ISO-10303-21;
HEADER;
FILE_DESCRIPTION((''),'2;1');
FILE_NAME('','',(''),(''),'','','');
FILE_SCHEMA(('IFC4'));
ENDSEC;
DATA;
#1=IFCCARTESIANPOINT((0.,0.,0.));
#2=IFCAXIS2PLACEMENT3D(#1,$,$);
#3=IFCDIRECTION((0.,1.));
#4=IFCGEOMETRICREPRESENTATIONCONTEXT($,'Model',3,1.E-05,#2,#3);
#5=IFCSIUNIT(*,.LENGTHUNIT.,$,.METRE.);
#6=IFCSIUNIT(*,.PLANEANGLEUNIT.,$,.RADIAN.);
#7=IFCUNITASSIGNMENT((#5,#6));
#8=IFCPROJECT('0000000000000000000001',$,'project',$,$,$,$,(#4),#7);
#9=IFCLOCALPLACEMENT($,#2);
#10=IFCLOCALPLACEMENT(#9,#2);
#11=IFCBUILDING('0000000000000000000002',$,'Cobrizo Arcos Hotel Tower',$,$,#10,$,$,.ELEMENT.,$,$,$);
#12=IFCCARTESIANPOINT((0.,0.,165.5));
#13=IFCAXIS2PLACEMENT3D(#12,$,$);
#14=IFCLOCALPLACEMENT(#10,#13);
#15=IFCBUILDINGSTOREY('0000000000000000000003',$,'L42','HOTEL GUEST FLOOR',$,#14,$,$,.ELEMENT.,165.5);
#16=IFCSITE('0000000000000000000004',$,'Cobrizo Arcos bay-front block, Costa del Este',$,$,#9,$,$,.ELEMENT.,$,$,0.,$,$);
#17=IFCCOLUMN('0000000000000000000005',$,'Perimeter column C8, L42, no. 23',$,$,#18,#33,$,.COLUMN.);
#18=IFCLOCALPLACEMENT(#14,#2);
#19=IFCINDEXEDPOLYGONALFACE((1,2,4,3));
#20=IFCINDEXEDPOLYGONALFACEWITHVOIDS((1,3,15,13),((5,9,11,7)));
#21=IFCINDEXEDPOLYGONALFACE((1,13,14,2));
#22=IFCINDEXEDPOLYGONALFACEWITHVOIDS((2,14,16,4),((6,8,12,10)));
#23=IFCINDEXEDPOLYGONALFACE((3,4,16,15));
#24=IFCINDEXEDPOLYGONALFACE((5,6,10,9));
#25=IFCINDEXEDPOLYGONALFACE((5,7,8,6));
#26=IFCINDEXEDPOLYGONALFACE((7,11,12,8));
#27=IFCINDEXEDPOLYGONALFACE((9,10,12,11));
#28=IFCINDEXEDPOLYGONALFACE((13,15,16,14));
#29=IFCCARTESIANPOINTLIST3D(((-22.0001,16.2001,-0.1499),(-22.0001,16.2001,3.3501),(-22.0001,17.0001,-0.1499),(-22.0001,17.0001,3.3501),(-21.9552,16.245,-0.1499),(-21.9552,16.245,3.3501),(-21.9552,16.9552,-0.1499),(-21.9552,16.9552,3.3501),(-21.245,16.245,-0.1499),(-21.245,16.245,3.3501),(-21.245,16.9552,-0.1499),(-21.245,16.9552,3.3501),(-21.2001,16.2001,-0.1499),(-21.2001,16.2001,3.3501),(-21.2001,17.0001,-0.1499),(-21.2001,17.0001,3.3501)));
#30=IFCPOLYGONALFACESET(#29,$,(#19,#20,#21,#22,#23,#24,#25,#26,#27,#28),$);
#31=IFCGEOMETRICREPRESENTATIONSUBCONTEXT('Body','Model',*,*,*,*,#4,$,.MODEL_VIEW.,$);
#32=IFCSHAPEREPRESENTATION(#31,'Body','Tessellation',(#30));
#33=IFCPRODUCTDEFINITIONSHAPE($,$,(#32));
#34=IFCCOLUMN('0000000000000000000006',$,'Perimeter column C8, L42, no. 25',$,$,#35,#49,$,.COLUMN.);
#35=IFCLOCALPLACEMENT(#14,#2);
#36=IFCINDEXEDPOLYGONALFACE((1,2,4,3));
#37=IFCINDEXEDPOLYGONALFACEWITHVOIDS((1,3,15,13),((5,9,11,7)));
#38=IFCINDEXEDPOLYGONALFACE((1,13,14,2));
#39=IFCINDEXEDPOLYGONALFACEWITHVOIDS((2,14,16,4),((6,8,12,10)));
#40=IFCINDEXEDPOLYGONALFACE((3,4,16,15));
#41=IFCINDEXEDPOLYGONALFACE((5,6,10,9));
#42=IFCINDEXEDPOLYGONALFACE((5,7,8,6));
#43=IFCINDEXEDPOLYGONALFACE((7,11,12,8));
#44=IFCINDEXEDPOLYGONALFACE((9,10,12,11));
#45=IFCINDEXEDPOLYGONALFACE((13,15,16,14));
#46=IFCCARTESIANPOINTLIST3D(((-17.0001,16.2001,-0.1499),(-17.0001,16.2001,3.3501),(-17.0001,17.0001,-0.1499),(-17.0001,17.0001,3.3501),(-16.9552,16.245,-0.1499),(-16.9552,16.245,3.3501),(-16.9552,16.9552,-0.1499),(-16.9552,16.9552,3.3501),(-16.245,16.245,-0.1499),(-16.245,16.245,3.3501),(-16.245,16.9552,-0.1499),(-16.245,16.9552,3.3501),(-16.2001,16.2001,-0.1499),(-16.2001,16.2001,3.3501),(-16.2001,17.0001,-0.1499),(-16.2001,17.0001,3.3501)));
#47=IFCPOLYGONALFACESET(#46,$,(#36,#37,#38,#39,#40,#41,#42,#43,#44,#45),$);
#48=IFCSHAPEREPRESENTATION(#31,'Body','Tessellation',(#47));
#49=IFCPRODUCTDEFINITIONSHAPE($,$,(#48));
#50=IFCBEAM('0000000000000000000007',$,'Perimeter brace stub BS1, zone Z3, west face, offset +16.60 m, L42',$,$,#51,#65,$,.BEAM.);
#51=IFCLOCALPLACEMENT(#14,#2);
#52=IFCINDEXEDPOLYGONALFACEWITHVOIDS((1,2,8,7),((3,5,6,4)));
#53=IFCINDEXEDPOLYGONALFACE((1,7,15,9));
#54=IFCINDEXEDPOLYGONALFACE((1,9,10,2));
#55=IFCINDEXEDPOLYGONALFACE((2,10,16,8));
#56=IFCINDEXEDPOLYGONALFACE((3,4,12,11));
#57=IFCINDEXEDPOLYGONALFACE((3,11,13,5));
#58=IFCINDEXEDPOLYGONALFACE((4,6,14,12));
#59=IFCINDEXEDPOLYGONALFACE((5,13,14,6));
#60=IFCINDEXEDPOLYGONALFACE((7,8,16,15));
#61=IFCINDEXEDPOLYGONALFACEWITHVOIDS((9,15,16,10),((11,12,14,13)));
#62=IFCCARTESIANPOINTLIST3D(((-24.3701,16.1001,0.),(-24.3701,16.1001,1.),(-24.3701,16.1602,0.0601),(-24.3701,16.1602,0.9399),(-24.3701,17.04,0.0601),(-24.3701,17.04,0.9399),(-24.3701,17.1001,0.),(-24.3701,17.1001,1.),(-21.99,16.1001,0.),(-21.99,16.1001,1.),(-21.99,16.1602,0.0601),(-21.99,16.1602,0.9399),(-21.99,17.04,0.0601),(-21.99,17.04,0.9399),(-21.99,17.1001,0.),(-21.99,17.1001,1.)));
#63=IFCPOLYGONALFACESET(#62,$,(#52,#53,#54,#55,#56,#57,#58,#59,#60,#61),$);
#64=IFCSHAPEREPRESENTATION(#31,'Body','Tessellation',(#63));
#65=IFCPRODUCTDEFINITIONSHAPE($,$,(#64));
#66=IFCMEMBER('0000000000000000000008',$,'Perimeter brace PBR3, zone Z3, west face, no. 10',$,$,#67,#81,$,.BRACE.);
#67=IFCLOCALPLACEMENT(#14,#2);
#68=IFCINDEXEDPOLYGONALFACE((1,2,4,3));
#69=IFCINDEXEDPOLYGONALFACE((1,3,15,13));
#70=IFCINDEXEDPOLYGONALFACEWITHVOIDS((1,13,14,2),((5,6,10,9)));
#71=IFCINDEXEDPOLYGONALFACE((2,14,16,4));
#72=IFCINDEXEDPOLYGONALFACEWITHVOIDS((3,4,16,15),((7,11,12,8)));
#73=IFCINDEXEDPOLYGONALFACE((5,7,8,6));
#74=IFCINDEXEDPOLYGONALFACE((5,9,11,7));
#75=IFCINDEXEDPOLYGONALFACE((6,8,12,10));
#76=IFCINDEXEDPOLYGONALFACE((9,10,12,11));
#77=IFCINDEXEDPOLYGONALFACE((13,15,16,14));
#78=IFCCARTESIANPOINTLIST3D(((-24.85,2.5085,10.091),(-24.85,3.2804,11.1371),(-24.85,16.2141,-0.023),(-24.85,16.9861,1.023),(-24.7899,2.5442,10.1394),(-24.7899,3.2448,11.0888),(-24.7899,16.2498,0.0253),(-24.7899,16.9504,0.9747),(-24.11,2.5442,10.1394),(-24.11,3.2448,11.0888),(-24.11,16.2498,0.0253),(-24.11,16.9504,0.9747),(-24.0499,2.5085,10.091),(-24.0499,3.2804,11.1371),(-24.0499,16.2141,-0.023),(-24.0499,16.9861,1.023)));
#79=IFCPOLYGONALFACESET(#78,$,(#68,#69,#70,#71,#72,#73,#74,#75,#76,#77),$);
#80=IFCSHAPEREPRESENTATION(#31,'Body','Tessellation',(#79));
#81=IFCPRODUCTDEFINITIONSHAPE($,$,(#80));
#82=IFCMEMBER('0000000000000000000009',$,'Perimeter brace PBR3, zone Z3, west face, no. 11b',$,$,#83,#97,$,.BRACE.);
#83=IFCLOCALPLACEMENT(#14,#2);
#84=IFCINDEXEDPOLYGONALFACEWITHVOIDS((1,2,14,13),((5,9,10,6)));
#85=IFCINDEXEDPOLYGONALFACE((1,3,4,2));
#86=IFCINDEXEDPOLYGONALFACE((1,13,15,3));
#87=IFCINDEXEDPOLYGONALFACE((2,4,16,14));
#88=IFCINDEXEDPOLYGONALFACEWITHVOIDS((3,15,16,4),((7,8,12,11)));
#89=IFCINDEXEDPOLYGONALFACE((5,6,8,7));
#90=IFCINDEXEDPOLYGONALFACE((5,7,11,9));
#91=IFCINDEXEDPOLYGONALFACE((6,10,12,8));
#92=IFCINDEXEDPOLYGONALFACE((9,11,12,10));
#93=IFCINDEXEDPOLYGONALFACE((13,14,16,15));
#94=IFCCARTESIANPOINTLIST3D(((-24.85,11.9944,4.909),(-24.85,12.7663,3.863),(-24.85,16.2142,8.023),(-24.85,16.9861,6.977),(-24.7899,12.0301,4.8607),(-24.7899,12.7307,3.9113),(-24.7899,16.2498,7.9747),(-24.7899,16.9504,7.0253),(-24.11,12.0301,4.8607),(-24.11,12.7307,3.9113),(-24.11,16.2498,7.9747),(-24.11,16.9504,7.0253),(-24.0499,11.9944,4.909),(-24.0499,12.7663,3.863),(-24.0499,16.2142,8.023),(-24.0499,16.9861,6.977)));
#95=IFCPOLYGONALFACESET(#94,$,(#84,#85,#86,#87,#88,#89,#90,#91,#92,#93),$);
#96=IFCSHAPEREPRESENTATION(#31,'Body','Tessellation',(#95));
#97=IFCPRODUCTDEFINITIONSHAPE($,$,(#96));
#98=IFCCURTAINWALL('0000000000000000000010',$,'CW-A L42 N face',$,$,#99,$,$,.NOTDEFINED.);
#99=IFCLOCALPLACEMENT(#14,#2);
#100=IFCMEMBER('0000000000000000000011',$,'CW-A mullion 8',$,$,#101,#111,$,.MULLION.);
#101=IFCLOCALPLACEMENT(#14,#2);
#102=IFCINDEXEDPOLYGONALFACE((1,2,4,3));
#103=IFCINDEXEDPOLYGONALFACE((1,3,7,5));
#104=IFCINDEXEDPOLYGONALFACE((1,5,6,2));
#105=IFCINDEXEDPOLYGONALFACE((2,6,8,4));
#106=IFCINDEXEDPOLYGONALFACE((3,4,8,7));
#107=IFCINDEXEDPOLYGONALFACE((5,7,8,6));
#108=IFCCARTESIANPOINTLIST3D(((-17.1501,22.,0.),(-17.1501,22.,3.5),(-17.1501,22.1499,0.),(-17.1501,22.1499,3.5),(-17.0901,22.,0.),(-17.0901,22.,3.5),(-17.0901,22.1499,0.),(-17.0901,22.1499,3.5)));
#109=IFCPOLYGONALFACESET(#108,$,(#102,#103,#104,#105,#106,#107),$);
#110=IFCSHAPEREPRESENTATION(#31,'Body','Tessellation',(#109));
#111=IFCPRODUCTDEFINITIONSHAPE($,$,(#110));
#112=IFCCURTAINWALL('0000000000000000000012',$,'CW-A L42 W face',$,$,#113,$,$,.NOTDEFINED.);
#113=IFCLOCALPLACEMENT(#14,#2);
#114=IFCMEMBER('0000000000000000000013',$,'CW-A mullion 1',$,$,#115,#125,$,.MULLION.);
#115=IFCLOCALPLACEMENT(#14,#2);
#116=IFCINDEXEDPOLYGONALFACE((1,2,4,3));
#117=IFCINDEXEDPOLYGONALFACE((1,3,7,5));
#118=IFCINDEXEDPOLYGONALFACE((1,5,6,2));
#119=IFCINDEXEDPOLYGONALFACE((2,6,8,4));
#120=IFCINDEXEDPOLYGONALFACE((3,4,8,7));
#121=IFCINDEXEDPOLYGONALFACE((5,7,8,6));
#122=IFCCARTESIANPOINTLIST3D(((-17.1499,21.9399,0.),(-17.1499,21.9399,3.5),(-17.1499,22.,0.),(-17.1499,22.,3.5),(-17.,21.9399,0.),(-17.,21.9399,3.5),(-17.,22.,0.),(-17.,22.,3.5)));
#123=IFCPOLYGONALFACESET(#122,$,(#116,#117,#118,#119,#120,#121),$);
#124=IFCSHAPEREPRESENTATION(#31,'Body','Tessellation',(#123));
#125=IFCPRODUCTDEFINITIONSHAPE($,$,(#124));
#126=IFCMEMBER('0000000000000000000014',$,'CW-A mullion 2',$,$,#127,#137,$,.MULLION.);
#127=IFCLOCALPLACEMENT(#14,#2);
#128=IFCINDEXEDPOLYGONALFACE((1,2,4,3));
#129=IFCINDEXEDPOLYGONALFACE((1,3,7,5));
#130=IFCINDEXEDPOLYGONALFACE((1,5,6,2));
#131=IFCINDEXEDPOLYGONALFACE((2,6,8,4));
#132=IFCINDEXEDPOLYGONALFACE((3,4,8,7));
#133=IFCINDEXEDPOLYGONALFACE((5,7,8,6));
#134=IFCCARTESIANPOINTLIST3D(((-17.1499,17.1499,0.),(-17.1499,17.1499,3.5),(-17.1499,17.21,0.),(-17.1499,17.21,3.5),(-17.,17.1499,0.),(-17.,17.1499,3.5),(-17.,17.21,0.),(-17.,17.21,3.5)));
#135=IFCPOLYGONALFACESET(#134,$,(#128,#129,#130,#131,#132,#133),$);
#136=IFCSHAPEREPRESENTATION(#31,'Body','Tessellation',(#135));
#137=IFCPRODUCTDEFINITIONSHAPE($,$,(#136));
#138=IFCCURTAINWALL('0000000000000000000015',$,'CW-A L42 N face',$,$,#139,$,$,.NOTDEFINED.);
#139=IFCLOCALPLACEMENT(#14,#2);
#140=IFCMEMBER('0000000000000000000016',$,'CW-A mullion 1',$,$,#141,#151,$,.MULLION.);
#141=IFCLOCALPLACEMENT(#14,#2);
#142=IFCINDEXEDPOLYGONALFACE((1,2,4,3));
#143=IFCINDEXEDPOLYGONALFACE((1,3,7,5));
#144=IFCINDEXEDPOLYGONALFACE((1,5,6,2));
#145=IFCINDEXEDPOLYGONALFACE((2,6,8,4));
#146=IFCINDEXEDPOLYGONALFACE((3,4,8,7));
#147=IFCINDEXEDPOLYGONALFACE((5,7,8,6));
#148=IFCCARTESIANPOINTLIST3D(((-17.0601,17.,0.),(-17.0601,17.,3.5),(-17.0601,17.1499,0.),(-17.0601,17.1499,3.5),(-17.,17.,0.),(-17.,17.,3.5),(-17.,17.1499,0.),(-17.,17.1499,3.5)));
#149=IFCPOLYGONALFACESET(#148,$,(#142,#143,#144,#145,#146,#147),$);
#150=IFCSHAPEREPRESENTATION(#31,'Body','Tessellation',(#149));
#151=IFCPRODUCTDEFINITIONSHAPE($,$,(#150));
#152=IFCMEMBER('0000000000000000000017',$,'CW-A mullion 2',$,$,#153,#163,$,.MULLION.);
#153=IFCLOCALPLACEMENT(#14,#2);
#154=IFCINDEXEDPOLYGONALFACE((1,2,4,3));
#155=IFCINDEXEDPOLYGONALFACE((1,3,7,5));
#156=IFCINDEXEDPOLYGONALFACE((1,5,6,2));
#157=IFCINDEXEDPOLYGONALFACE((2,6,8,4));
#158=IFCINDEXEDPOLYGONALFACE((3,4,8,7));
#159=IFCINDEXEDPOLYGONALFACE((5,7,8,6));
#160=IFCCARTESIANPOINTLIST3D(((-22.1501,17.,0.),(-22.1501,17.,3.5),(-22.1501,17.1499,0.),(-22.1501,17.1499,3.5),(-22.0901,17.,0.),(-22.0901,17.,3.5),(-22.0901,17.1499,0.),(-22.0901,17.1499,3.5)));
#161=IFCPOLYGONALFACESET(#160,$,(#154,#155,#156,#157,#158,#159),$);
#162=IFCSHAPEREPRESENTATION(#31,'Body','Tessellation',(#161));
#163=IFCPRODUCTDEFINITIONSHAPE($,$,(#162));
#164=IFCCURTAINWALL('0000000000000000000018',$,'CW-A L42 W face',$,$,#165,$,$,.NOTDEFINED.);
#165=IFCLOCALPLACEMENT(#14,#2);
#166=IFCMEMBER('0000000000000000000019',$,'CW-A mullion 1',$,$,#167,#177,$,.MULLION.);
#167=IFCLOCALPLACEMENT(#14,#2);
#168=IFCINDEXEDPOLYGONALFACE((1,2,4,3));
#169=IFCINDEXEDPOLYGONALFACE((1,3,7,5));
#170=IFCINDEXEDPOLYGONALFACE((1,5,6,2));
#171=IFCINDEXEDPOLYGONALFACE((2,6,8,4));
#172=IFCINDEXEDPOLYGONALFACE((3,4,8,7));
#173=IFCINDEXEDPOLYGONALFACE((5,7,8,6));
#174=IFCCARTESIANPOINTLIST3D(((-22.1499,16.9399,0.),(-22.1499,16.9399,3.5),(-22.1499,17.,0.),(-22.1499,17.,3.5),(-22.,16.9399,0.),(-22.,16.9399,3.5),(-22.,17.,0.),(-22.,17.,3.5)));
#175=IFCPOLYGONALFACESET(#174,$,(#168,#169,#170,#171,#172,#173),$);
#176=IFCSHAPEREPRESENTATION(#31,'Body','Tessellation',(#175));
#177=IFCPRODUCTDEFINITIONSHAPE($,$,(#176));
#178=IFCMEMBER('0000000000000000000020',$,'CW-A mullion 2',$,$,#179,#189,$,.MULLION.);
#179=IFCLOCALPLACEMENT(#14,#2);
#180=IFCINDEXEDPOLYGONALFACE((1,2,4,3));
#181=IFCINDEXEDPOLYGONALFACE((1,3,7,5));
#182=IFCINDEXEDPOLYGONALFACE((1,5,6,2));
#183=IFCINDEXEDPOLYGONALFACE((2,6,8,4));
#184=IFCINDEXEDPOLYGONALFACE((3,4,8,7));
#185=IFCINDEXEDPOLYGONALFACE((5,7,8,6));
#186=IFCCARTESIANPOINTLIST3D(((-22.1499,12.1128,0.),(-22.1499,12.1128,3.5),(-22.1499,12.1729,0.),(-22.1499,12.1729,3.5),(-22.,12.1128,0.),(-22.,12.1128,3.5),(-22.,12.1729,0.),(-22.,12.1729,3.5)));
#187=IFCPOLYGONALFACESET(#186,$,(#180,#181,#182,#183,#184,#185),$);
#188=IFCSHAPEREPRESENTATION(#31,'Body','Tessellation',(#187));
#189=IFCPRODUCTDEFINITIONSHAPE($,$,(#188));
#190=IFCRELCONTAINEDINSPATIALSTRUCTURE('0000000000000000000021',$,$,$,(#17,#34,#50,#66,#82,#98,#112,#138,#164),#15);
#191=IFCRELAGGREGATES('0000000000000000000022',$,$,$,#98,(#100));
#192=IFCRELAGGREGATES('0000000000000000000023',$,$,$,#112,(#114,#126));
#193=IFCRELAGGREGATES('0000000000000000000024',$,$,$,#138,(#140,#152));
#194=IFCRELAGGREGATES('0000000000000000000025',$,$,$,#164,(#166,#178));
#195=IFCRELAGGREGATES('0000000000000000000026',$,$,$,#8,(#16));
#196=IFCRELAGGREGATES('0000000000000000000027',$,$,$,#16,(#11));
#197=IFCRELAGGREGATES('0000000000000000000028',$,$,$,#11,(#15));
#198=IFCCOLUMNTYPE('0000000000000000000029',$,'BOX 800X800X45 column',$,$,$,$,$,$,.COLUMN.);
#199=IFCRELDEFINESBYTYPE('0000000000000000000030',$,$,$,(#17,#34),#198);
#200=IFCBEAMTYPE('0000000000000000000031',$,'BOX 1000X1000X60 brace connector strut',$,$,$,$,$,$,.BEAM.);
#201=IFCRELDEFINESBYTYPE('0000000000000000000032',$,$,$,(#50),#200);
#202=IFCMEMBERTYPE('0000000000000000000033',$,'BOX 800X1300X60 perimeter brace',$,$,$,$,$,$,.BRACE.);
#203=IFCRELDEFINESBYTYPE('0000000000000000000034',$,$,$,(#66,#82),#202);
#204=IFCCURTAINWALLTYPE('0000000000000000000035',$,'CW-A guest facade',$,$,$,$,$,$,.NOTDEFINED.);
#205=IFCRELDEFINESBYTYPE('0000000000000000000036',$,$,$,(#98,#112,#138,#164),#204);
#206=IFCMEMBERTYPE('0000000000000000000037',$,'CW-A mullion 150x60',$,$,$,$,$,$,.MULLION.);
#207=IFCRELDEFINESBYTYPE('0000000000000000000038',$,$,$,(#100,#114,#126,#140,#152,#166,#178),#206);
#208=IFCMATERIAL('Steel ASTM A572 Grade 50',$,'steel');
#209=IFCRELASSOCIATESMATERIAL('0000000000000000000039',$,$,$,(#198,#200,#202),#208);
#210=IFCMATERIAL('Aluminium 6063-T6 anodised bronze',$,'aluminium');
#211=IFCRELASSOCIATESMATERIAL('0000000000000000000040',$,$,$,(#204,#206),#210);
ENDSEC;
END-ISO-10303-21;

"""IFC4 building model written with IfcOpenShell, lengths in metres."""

from ifc_helpers import new_model, si_unit, direction, frame, origin, origin_2d, place, context, subcontext, project, spatial, rectangle, hollow_rectangle, extrude, material, material_profile, profile_set, type_object, element, aggregate, save


model = new_model("IFC4")

# Units and contexts
model_context = context("Model", 3, precision=1e-05, world=origin(), true_north=direction((0.0, 1.0)))
body_context = subcontext(model_context, "Body", "Model", "MODEL_VIEW")
ifc_project = project(units=[si_unit("LENGTHUNIT", "METRE"), si_unit("PLANEANGLEUNIT", "RADIAN")], contexts=[model_context])

# Site, building, storey
site_placement = place(None, origin())
site = spatial("IfcSite", under=ifc_project, at=site_placement, Name="Cobrizo Arcos bay-front block, Costa del Este", CompositionType="ELEMENT", RefElevation=0.0)
building_placement = place(site_placement, origin())
building = spatial("IfcBuilding", under=site, at=building_placement, Name="Cobrizo Arcos Hotel Tower", CompositionType="ELEMENT")
storey_placement = place(building_placement, frame((0.0, 0.0, 165.5)))
storey = spatial("IfcBuildingStorey", under=building, at=storey_placement, Name="L42", Description="HOTEL GUEST FLOOR", CompositionType="ELEMENT", Elevation=165.5)

# Columns
ifc_material_1 = material(Name="Steel ASTM A572 Grade 50", Category="steel")
ifc_material_profile_1 = material_profile(ifc_material_1, hollow_rectangle(XDim=0.8, YDim=0.8, WallThickness=0.0449, at=origin_2d()), Name="BOX 800X800X45")
ifc_profile_set_1 = profile_set([ifc_material_profile_1], Name="Steel ASTM A572 Grade 50")
column_type = type_object("IfcColumnType", Name="BOX 800X800X45 column", PredefinedType="COLUMN", material=ifc_profile_set_1)
for number, where, z_axis, x_axis, name in (
    (1, (-21.6001, 16.6001, -0.1499), (0.0, 0.0, 1.0), (1.0, 0.0, 0.0), "Perimeter column C8, L42, no. 23"),
    (2, (-16.6001, 16.6001, -0.1499), (0.0, 0.0, 1.0), (1.0, 0.0, 0.0), "Perimeter column C8, L42, no. 25"),
):
    element("IfcColumn", number, at=place(storey_placement, frame(where, z_axis=z_axis, x_axis=x_axis)), inside=storey, type_object=column_type, Name=name, PredefinedType="COLUMN", context=body_context, shape_type="SweptSolid", body=[
        extrude(hollow_rectangle(XDim=0.8, YDim=0.8, WallThickness=0.0449, at=origin_2d()), origin(), (0.0, 0.0, 1.0), 3.5),
    ])

# Beam
ifc_material_profile_2 = material_profile(ifc_material_1, hollow_rectangle(XDim=1.0, YDim=1.0, WallThickness=0.0601, at=origin_2d()), Name="BOX 1000X1000X60")
ifc_profile_set_2 = profile_set([ifc_material_profile_2], Name="Steel ASTM A572 Grade 50")
beam_type_1 = type_object("IfcBeamType", Name="BOX 1000X1000X60 brace connector strut", PredefinedType="BEAM", material=ifc_profile_set_2)
beam_1_placement = place(storey_placement, frame((-21.99, 16.6001, 0.5), z_axis=(-1.0, 0.0, 0.0), x_axis=(0.0, -1.0, 0.0)))
element("IfcBeam", 3, at=beam_1_placement, inside=storey, type_object=beam_type_1, Name="Perimeter brace stub BS1, zone Z3, west face, offset +16.60 m, L42", PredefinedType="BEAM", context=body_context, shape_type="SweptSolid", body=[
    extrude(hollow_rectangle(XDim=1.0, YDim=1.0, WallThickness=0.0601, at=origin_2d()), origin(), (0.0, 0.0, 1.0), 2.3801),
])

# Members
ifc_material_profile_3 = material_profile(ifc_material_1, hollow_rectangle(XDim=0.8, YDim=1.3, WallThickness=0.0601, at=origin_2d()), Name="BOX 800X1300X60")
ifc_profile_set_3 = profile_set([ifc_material_profile_3], Name="Steel ASTM A572 Grade 50")
member_type_1 = type_object("IfcMemberType", Name="BOX 800X1300X60 perimeter brace", PredefinedType="BRACE", material=ifc_profile_set_3)
member_1_placement = place(storey_placement, frame((-24.45, 16.6001, 0.5), z_axis=(0.0, -0.80463, 0.593776), x_axis=(1.0, 0.0, 0.0)))
element("IfcMember", 4, at=member_1_placement, inside=storey, type_object=member_type_1, Name="Perimeter brace PBR3, zone Z3, west face, no. 10", PredefinedType="BRACE", context=body_context, shape_type="SweptSolid", body=[
    extrude(hollow_rectangle(XDim=0.8, YDim=1.3, WallThickness=0.0601, at=origin_2d()), origin(), (0.0, 0.0, 1.0), 17.0334),
])
member_2_placement = place(storey_placement, frame((-24.45, 12.3804, 4.386), z_axis=(0.0, 0.804624, 0.593785), x_axis=(-1.0, 0.0, 0.0)))
element("IfcMember", 5, at=member_2_placement, inside=storey, type_object=member_type_1, Name="Perimeter brace PBR3, zone Z3, west face, no. 11b", PredefinedType="BRACE", context=body_context, shape_type="SweptSolid", body=[
    extrude(hollow_rectangle(XDim=0.8, YDim=1.3, WallThickness=0.0601, at=origin_2d()), origin(), (0.0, 0.0, 1.0), 5.2444),
])

# Curtain wall, member
ifc_material_2 = material(Name="Aluminium 6063-T6 anodised bronze", Category="aluminium")
curtain_wall_type = type_object("IfcCurtainWallType", Name="CW-A guest facade", PredefinedType="NOTDEFINED", material=ifc_material_2)
curtain_wall_1_placement = place(storey_placement, origin())
curtain_wall_1 = element("IfcCurtainWall", 6, at=curtain_wall_1_placement, inside=storey, type_object=curtain_wall_type, Name="CW-A L42 N face", PredefinedType="NOTDEFINED")
ifc_material_profile_4 = material_profile(ifc_material_2, rectangle(XDim=0.1499, YDim=0.0601, at=origin_2d()), Name="CW-A mullion 150x60")
ifc_profile_set_4 = profile_set([ifc_material_profile_4], Name="Aluminium 6063-T6 anodised bronze")
member_type_2 = type_object("IfcMemberType", Name="CW-A mullion 150x60", PredefinedType="MULLION", material=ifc_profile_set_4)
member_3_placement = place(storey_placement, frame((-17.1201, 22.075, 0.0), z_axis=(0.0, 0.0, 1.0), x_axis=(0.0, 1.0, 0.0)))
member_3 = element("IfcMember", 7, at=member_3_placement, type_object=member_type_2, Name="CW-A mullion 8", PredefinedType="MULLION", context=body_context, shape_type="SweptSolid", body=[
    extrude(rectangle(XDim=0.1499, YDim=0.0601, at=origin_2d()), origin(), (0.0, 0.0, 1.0), 3.5),
])
aggregate(curtain_wall_1, [member_3])

# Curtain walls, members
curtain_wall_2_placement = place(storey_placement, origin())
curtain_wall_2 = element("IfcCurtainWall", 8, at=curtain_wall_2_placement, inside=storey, type_object=curtain_wall_type, Name="CW-A L42 W face", PredefinedType="NOTDEFINED")
member_4_placement = place(storey_placement, frame((-17.075, 21.97, 0.0), z_axis=(0.0, 0.0, 1.0), x_axis=(-1.0, 0.0, 0.0)))
member_4 = element("IfcMember", 9, at=member_4_placement, type_object=member_type_2, Name="CW-A mullion 1", PredefinedType="MULLION", context=body_context, shape_type="SweptSolid", body=[
    extrude(rectangle(XDim=0.1499, YDim=0.0601, at=origin_2d()), origin(), (0.0, 0.0, 1.0), 3.5),
])
member_5_placement = place(storey_placement, frame((-17.075, 17.1799, 0.0), z_axis=(0.0, 0.0, 1.0), x_axis=(-1.0, 0.0, 0.0)))
member_5 = element("IfcMember", 10, at=member_5_placement, type_object=member_type_2, Name="CW-A mullion 2", PredefinedType="MULLION", context=body_context, shape_type="SweptSolid", body=[
    extrude(rectangle(XDim=0.1499, YDim=0.0601, at=origin_2d()), origin(), (0.0, 0.0, 1.0), 3.5),
])
curtain_wall_3_placement = place(storey_placement, origin())
curtain_wall_3 = element("IfcCurtainWall", 11, at=curtain_wall_3_placement, inside=storey, type_object=curtain_wall_type, Name="CW-A L42 N face", PredefinedType="NOTDEFINED")
member_6_placement = place(storey_placement, frame((-17.03, 17.075, 0.0), z_axis=(0.0, 0.0, 1.0), x_axis=(0.0, 1.0, 0.0)))
member_6 = element("IfcMember", 12, at=member_6_placement, type_object=member_type_2, Name="CW-A mullion 1", PredefinedType="MULLION", context=body_context, shape_type="SweptSolid", body=[
    extrude(rectangle(XDim=0.1499, YDim=0.0601, at=origin_2d()), origin(), (0.0, 0.0, 1.0), 3.5),
])
member_7_placement = place(storey_placement, frame((-22.1201, 17.075, 0.0), z_axis=(0.0, 0.0, 1.0), x_axis=(0.0, 1.0, 0.0)))
member_7 = element("IfcMember", 13, at=member_7_placement, type_object=member_type_2, Name="CW-A mullion 2", PredefinedType="MULLION", context=body_context, shape_type="SweptSolid", body=[
    extrude(rectangle(XDim=0.1499, YDim=0.0601, at=origin_2d()), origin(), (0.0, 0.0, 1.0), 3.5),
])
curtain_wall_4_placement = place(storey_placement, origin())
curtain_wall_4 = element("IfcCurtainWall", 14, at=curtain_wall_4_placement, inside=storey, type_object=curtain_wall_type, Name="CW-A L42 W face", PredefinedType="NOTDEFINED")
member_8_placement = place(storey_placement, frame((-22.075, 16.97, 0.0), z_axis=(0.0, 0.0, 1.0), x_axis=(-1.0, 0.0, 0.0)))
member_8 = element("IfcMember", 15, at=member_8_placement, type_object=member_type_2, Name="CW-A mullion 1", PredefinedType="MULLION", context=body_context, shape_type="SweptSolid", body=[
    extrude(rectangle(XDim=0.1499, YDim=0.0601, at=origin_2d()), origin(), (0.0, 0.0, 1.0), 3.5),
])
member_9_placement = place(storey_placement, frame((-22.075, 12.1428, 0.0), z_axis=(0.0, 0.0, 1.0), x_axis=(-1.0, 0.0, 0.0)))
member_9 = element("IfcMember", 16, at=member_9_placement, type_object=member_type_2, Name="CW-A mullion 2", PredefinedType="MULLION", context=body_context, shape_type="SweptSolid", body=[
    extrude(rectangle(XDim=0.1499, YDim=0.0601, at=origin_2d()), origin(), (0.0, 0.0, 1.0), 3.5),
])

aggregate(curtain_wall_2, [member_4, member_5])
aggregate(curtain_wall_3, [member_6, member_7])
aggregate(curtain_wall_4, [member_8, member_9])

save(model, "model.ifc")
